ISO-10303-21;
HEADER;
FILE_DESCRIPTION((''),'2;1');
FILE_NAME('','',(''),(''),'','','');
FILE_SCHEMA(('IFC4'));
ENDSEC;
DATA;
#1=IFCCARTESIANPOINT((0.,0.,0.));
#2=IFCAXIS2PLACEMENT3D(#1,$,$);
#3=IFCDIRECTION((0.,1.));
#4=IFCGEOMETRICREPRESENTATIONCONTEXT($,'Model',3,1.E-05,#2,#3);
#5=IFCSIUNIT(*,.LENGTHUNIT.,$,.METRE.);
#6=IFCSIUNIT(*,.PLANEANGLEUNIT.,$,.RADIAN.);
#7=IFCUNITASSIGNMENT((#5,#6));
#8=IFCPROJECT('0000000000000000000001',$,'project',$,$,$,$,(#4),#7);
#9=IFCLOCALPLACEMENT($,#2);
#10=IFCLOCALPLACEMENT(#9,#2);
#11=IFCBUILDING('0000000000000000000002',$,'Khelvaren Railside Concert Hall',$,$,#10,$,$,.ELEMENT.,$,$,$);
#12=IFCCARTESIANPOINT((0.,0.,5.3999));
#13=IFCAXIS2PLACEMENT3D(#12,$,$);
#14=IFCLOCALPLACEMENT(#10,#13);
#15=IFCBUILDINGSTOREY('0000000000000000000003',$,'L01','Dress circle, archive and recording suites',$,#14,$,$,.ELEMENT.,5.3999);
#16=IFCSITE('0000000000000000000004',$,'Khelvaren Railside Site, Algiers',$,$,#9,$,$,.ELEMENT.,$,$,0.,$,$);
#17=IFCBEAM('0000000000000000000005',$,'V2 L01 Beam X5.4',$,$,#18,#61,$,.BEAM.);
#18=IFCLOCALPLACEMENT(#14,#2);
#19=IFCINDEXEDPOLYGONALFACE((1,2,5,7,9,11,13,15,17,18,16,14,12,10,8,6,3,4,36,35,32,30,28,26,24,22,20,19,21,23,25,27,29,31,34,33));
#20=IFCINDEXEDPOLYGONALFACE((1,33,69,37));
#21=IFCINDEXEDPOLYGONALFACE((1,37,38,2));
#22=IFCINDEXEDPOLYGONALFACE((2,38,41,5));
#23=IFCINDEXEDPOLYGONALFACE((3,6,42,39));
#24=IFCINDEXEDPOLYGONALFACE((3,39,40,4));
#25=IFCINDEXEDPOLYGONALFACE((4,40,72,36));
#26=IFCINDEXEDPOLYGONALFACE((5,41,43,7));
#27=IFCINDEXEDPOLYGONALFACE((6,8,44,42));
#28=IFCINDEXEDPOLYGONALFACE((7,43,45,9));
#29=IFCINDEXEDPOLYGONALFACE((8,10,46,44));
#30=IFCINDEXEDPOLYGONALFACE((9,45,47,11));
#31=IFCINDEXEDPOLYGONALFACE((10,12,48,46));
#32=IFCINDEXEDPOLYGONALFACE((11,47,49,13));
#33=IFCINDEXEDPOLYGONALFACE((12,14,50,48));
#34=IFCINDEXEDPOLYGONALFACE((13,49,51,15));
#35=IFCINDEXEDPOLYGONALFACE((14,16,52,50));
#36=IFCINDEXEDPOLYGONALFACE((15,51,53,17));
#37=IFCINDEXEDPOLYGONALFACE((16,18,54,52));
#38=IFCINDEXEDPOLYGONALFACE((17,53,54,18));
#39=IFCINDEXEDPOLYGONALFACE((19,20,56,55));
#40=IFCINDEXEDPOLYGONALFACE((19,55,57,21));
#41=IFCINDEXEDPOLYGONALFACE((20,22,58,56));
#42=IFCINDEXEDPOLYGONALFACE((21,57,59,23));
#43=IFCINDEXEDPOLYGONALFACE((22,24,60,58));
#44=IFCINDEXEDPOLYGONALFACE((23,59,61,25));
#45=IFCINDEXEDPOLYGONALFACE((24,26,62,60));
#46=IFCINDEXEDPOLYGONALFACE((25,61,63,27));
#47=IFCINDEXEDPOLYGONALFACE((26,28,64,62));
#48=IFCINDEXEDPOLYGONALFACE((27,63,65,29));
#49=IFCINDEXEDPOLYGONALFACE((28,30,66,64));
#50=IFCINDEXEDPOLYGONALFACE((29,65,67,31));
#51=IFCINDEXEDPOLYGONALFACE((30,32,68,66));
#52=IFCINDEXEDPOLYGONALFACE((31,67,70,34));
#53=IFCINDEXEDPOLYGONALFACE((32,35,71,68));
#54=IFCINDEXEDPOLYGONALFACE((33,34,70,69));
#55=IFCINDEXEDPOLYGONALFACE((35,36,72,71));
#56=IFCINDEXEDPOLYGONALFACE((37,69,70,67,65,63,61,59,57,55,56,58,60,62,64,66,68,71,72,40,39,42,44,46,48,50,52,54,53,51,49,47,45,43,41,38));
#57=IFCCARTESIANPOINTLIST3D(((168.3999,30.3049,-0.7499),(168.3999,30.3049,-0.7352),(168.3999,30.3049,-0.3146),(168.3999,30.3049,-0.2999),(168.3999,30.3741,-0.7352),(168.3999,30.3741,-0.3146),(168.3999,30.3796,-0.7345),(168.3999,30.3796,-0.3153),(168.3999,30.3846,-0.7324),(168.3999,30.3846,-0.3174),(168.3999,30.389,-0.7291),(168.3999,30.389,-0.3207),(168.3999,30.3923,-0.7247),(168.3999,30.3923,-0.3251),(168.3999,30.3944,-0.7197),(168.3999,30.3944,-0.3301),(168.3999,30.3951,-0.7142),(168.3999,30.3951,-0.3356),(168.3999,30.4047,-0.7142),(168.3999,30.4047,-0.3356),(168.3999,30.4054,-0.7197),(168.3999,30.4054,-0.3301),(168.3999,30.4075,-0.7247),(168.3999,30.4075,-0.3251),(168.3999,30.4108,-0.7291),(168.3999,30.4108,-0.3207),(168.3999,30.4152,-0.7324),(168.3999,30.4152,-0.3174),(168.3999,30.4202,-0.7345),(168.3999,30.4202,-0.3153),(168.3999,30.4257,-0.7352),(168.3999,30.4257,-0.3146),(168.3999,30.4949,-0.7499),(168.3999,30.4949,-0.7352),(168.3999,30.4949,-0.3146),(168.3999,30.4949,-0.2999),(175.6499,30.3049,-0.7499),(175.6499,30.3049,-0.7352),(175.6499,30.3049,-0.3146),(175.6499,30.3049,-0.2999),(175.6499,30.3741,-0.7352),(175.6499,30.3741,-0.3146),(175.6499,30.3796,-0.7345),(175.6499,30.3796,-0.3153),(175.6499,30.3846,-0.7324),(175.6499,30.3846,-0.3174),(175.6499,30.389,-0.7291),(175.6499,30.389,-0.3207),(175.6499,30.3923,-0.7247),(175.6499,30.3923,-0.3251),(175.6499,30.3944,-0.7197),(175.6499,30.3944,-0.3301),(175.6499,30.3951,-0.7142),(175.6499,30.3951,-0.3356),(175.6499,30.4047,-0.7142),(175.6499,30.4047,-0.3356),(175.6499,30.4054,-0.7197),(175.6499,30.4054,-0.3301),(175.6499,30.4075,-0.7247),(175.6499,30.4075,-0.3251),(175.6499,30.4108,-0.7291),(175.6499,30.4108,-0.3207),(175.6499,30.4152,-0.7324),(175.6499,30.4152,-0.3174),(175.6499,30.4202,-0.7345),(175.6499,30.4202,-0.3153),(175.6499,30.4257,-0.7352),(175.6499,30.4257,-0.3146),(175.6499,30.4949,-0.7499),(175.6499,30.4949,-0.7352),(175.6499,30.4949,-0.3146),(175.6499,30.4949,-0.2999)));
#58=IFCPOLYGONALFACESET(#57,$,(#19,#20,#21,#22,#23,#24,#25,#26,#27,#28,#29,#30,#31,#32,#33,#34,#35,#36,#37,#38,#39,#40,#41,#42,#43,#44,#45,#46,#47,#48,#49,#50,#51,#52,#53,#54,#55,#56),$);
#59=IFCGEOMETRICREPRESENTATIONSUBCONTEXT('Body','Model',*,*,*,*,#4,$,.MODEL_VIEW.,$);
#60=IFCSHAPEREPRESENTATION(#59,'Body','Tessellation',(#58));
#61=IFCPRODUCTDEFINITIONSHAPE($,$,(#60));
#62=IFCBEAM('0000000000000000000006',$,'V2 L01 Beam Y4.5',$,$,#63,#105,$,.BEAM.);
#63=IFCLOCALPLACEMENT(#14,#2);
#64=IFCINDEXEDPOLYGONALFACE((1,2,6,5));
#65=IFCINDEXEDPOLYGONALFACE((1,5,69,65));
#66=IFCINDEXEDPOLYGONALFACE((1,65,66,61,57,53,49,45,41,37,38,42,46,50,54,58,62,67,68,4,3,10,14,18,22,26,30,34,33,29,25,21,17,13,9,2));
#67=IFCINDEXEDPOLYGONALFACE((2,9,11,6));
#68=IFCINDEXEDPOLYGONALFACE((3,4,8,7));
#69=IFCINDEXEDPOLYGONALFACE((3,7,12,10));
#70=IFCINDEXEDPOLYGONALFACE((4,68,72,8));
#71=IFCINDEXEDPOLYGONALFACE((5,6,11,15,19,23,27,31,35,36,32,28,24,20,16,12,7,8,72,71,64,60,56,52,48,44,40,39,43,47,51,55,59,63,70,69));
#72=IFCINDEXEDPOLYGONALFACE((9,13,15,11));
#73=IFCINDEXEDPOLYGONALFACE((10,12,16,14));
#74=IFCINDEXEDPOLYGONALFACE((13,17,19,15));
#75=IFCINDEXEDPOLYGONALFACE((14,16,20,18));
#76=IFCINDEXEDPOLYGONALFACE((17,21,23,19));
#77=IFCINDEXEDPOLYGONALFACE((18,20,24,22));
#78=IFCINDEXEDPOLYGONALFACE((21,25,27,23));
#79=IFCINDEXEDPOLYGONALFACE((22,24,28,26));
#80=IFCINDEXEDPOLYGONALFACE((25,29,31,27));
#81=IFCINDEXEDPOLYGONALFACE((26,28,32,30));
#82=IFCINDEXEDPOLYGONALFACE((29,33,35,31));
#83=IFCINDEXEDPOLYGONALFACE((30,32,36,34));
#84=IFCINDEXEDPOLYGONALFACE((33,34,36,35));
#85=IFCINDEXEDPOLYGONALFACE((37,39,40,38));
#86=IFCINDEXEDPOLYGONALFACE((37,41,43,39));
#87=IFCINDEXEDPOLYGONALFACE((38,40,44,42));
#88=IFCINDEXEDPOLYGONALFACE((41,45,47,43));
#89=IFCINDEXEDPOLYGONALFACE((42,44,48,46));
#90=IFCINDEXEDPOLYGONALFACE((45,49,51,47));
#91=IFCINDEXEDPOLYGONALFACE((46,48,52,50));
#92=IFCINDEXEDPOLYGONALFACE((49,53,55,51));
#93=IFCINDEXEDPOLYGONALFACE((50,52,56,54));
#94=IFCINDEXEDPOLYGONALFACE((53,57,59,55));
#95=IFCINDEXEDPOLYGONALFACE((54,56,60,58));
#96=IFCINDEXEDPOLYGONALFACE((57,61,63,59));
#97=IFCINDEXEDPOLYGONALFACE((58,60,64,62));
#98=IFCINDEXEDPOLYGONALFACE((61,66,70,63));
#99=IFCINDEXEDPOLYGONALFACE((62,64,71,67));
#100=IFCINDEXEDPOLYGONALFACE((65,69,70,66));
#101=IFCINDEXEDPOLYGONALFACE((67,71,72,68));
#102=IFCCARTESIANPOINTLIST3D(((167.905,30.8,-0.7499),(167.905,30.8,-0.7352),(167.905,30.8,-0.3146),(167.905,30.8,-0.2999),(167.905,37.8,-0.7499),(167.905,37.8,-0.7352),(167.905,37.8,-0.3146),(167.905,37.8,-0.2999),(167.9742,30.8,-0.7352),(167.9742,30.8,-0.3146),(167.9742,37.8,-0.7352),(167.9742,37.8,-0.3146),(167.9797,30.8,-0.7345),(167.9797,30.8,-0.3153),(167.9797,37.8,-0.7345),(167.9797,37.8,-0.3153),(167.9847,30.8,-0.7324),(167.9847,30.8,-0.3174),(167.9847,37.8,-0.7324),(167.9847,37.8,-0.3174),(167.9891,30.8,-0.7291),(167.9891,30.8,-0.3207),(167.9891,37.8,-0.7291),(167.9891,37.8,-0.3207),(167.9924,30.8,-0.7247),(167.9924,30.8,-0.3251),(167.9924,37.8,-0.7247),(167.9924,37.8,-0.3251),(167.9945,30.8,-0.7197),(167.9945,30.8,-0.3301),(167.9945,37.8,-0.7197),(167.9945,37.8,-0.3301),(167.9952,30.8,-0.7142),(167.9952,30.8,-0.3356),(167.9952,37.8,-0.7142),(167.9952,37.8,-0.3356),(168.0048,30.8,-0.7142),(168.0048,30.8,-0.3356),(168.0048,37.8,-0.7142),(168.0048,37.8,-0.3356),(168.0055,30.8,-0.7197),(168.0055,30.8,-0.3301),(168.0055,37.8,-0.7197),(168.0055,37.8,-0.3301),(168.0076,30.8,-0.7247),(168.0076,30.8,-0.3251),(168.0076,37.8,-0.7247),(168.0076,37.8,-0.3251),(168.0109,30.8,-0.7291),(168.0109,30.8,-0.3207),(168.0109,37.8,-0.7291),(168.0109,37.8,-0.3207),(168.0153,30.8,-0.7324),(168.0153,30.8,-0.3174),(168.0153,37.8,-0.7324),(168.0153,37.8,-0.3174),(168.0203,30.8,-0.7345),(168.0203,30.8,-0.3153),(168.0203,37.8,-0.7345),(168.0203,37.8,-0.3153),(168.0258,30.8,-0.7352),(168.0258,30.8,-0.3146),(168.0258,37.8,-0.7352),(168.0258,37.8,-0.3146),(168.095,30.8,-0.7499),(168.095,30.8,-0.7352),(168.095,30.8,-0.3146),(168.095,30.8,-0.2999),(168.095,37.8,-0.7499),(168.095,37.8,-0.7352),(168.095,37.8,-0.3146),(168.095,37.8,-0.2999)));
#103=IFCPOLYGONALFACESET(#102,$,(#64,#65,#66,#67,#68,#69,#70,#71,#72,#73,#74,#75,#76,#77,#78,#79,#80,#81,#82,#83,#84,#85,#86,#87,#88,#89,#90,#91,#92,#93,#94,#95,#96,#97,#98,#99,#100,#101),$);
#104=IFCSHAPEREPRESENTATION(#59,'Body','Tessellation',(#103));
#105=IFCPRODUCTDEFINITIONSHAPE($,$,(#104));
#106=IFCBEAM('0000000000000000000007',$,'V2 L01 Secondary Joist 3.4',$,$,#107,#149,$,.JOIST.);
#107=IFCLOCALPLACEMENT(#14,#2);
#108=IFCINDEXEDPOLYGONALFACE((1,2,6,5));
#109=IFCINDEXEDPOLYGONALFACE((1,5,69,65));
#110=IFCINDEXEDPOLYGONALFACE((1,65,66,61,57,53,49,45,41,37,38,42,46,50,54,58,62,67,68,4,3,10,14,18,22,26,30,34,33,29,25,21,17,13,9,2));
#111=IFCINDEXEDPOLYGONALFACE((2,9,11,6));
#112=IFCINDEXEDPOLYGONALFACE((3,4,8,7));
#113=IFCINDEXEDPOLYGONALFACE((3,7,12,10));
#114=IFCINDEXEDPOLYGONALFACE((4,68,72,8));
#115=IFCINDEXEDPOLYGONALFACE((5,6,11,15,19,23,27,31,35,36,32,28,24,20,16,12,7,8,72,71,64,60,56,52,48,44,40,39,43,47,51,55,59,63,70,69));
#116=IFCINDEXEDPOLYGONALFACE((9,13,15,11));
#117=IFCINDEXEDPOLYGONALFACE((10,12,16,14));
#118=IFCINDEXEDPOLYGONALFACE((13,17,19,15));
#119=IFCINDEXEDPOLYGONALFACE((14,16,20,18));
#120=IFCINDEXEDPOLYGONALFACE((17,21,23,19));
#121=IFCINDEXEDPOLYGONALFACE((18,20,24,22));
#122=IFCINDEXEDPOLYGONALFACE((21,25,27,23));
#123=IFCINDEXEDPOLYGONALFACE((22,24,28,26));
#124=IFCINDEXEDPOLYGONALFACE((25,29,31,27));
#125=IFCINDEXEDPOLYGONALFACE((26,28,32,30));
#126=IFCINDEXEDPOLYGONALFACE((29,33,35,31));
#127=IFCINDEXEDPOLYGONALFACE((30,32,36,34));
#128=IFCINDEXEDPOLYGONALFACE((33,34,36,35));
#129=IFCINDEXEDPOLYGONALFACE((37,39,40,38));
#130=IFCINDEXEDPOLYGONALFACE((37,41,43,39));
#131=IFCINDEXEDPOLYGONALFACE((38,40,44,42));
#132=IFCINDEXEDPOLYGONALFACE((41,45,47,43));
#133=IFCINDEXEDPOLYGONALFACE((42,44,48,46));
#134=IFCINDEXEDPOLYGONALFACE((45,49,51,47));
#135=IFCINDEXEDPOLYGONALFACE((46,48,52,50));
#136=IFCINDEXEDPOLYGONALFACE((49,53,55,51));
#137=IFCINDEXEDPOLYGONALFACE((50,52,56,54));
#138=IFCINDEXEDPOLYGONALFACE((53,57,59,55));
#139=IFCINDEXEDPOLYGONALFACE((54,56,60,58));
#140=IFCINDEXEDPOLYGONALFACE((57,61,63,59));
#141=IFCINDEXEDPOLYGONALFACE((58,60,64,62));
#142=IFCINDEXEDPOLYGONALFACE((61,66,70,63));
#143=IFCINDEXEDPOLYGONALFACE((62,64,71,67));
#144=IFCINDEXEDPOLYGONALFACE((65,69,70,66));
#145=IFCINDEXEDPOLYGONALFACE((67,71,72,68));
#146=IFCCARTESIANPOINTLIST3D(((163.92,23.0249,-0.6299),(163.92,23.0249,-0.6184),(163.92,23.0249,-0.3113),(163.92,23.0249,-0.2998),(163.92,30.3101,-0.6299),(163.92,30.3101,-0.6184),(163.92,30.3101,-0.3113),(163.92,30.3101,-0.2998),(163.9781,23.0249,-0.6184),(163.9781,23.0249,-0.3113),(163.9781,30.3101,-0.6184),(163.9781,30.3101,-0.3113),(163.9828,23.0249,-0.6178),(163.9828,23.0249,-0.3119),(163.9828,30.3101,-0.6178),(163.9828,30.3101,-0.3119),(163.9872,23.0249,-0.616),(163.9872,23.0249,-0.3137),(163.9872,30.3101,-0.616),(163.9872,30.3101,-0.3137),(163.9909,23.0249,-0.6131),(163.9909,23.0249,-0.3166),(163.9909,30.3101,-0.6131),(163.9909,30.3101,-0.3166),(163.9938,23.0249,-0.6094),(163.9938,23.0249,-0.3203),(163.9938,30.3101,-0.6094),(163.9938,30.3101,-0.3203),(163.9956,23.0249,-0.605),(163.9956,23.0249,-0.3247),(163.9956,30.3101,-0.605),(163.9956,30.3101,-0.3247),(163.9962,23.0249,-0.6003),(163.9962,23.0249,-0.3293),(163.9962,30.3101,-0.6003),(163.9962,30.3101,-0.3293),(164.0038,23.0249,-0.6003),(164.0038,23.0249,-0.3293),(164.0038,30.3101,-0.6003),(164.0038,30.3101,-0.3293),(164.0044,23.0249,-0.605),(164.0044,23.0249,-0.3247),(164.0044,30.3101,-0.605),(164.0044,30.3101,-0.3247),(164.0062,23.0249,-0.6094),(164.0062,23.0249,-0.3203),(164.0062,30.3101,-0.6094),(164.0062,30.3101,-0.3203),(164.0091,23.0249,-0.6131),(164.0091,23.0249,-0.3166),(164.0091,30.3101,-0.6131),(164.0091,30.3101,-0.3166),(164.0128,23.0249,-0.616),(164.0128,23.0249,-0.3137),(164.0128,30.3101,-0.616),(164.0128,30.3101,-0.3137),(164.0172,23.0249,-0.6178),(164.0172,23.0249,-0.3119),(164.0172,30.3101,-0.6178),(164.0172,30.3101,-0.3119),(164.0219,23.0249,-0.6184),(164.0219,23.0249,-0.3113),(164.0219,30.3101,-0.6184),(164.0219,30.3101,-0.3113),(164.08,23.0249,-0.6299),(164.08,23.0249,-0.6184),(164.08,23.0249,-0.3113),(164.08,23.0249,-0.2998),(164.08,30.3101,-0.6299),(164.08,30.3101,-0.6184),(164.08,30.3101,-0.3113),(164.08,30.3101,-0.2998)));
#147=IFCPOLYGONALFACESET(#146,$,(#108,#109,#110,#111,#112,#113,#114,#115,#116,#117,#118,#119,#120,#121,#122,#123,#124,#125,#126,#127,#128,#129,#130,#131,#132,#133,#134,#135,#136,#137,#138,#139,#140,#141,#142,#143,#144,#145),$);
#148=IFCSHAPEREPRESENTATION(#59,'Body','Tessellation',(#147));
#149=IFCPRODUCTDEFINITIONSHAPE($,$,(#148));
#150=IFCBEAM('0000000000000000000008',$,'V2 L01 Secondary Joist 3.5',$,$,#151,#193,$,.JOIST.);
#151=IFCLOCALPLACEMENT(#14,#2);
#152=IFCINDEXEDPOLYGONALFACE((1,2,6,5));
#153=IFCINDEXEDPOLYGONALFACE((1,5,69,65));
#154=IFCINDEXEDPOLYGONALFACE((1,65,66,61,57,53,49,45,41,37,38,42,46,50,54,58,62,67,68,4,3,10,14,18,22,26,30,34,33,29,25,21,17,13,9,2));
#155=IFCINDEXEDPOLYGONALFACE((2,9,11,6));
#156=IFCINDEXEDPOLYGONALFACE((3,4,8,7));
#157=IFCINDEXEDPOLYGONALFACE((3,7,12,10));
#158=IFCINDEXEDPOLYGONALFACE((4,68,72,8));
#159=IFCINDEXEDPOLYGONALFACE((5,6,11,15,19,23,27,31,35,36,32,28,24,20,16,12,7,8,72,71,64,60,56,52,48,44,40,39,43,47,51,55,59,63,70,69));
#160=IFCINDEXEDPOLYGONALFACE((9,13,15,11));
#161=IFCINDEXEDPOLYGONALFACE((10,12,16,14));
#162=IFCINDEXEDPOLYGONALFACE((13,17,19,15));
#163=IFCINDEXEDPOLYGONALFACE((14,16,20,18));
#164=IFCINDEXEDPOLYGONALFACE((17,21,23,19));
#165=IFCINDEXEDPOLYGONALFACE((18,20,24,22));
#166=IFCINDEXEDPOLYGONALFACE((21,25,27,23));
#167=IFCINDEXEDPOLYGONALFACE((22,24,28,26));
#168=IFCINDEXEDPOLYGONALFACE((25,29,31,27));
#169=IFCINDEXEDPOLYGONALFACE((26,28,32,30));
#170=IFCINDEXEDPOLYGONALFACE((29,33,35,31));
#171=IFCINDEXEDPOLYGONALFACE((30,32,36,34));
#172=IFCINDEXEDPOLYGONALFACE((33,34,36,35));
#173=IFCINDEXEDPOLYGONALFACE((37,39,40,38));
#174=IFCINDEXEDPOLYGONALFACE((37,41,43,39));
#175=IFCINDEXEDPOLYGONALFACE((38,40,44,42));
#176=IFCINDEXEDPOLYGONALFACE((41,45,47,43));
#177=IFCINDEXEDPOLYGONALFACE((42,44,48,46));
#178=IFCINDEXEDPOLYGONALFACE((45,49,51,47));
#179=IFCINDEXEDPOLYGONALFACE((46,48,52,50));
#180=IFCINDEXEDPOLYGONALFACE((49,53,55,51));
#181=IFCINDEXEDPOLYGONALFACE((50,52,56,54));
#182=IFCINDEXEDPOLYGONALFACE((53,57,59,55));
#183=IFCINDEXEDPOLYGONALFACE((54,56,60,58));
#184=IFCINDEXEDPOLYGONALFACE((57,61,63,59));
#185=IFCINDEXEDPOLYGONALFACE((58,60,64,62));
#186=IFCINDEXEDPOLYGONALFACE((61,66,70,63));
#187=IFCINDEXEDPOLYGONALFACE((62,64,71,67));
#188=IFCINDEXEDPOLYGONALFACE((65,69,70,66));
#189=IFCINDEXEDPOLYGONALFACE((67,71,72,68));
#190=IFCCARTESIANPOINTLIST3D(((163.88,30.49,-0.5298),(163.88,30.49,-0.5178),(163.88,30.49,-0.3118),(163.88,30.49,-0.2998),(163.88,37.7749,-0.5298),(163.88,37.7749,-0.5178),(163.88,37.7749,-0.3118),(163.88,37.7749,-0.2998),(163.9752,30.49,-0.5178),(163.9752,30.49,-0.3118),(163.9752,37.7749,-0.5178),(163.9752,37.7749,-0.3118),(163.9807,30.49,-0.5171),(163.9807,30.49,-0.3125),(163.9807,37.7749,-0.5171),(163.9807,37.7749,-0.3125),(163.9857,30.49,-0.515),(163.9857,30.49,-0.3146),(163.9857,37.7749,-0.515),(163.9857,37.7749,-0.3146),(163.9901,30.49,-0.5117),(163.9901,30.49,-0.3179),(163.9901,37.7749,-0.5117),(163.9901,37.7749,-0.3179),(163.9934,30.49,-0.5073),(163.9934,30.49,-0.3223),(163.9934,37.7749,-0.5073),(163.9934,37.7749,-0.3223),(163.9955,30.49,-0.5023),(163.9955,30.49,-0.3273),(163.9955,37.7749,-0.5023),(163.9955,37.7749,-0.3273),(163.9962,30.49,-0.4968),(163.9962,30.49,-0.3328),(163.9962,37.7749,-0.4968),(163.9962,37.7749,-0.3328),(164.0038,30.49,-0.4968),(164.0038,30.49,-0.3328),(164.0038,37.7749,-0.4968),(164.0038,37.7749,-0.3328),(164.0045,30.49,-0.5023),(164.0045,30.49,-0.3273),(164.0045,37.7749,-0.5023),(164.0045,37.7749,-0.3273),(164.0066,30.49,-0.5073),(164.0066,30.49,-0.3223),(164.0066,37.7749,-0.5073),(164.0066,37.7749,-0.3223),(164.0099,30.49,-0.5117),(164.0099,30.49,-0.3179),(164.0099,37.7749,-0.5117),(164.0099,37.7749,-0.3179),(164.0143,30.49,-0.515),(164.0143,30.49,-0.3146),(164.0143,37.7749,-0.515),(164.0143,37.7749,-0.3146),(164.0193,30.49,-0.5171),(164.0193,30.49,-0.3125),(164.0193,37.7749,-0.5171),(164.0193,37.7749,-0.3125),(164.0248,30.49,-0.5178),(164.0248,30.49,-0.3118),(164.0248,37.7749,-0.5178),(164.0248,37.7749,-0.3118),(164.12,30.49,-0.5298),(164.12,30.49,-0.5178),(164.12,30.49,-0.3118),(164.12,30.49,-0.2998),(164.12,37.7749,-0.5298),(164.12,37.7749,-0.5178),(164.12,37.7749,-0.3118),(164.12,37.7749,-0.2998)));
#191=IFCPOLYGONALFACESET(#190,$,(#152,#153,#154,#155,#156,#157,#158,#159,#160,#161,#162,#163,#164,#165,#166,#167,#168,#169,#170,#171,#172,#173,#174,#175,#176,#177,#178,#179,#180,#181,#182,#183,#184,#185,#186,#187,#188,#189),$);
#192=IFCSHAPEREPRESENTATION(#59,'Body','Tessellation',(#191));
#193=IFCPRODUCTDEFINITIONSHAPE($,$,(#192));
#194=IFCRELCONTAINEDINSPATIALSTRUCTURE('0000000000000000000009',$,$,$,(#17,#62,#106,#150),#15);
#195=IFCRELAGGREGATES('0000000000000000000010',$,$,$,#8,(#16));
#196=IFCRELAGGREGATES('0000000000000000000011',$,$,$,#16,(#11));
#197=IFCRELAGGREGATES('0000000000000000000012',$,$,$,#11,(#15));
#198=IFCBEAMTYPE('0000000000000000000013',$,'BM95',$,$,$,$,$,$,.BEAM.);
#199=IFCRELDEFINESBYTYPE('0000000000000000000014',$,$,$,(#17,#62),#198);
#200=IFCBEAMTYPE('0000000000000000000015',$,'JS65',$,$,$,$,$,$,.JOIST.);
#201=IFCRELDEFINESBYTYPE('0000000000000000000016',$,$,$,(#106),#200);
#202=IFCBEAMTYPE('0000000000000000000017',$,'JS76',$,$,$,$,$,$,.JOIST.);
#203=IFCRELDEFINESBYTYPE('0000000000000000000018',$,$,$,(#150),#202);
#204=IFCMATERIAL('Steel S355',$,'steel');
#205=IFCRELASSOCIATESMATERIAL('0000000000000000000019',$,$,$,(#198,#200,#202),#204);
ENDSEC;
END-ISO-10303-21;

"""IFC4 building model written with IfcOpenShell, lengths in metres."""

from ifc_helpers import new_model, si_unit, direction, frame, origin, origin_2d, place, context, subcontext, project, spatial, i_section, extrude, material, material_profile, profile_set, type_object, element, save


model = new_model("IFC4")

# Units and contexts
model_context = context("Model", 3, precision=1e-05, world=origin(), true_north=direction((0.0, 1.0)))
body_context = subcontext(model_context, "Body", "Model", "MODEL_VIEW")
ifc_project = project(units=[si_unit("LENGTHUNIT", "METRE"), si_unit("PLANEANGLEUNIT", "RADIAN")], contexts=[model_context])

# Site, building, storey
site_placement = place(None, origin())
site = spatial("IfcSite", under=ifc_project, at=site_placement, Name="Khelvaren Railside Site, Algiers", CompositionType="ELEMENT", RefElevation=0.0)
building_placement = place(site_placement, origin())
building = spatial("IfcBuilding", under=site, at=building_placement, Name="Khelvaren Railside Concert Hall", CompositionType="ELEMENT")
storey_placement = place(building_placement, frame((0.0, 0.0, 5.3999)))
storey = spatial("IfcBuildingStorey", under=building, at=storey_placement, Name="L01", Description="Dress circle, archive and recording suites", CompositionType="ELEMENT", Elevation=5.3999)

# Beams
ifc_material_1 = material(Name="Steel S355", Category="steel")
ifc_material_profile_1 = material_profile(ifc_material_1, i_section(OverallWidth=0.1899, OverallDepth=0.45, WebThickness=0.0095, FlangeThickness=0.0146, FilletRadius=0.021, at=origin_2d()), Name="IPE 450")
ifc_profile_set_1 = profile_set([ifc_material_profile_1], Name="Steel S355")
beam_type_1 = type_object("IfcBeamType", Name="BM95", PredefinedType="BEAM", material=ifc_profile_set_1)
beam_1_placement = place(storey_placement, frame((168.3999, 30.3999, -0.5249), z_axis=(1.0, 0.0, 0.0), x_axis=(0.0, 1.0, 0.0)))
element("IfcBeam", 1, at=beam_1_placement, inside=storey, type_object=beam_type_1, Name="V2 L01 Beam X5.4", PredefinedType="BEAM", context=body_context, shape_type="SweptSolid", body=[
    extrude(i_section(OverallWidth=0.1899, OverallDepth=0.45, WebThickness=0.0095, FlangeThickness=0.0146, FilletRadius=0.021, at=origin_2d()), origin(), (0.0, 0.0, 1.0), 7.25),
])
beam_2_placement = place(storey_placement, frame((168.0, 30.8, -0.5249), z_axis=(0.0, 1.0, 0.0), x_axis=(-1.0, 0.0, 0.0)))
element("IfcBeam", 2, at=beam_2_placement, inside=storey, type_object=beam_type_1, Name="V2 L01 Beam Y4.5", PredefinedType="BEAM", context=body_context, shape_type="SweptSolid", body=[
    extrude(i_section(OverallWidth=0.1899, OverallDepth=0.45, WebThickness=0.0095, FlangeThickness=0.0146, FilletRadius=0.021, at=origin_2d()), origin(), (0.0, 0.0, 1.0), 7.0),
])
ifc_material_profile_2 = material_profile(ifc_material_1, i_section(OverallWidth=0.1599, OverallDepth=0.3301, WebThickness=0.0076, FlangeThickness=0.0115, FilletRadius=0.0181, at=origin_2d()), Name="IPE 330")
ifc_profile_set_2 = profile_set([ifc_material_profile_2], Name="Steel S355")
beam_type_2 = type_object("IfcBeamType", Name="JS65", PredefinedType="JOIST", material=ifc_profile_set_2)
beam_3_placement = place(storey_placement, frame((164.0, 23.0249, -0.4648), z_axis=(0.0, 1.0, 0.0), x_axis=(-1.0, 0.0, 0.0)))
element("IfcBeam", 3, at=beam_3_placement, inside=storey, type_object=beam_type_2, Name="V2 L01 Secondary Joist 3.4", PredefinedType="JOIST", context=body_context, shape_type="SweptSolid", body=[
    extrude(i_section(OverallWidth=0.1599, OverallDepth=0.3301, WebThickness=0.0076, FlangeThickness=0.0115, FilletRadius=0.0181, at=origin_2d()), origin(), (0.0, 0.0, 1.0), 7.2852),
])
ifc_material_profile_3 = material_profile(ifc_material_1, i_section(OverallWidth=0.24, OverallDepth=0.23, WebThickness=0.0076, FlangeThickness=0.012, FilletRadius=0.021, at=origin_2d()), Name="HEA 240")
ifc_profile_set_3 = profile_set([ifc_material_profile_3], Name="Steel S355")
beam_type_3 = type_object("IfcBeamType", Name="JS76", PredefinedType="JOIST", material=ifc_profile_set_3)
beam_4_placement = place(storey_placement, frame((164.0, 30.49, -0.4148), z_axis=(0.0, 1.0, 0.0), x_axis=(-1.0, 0.0, 0.0)))
element("IfcBeam", 4, at=beam_4_placement, inside=storey, type_object=beam_type_3, Name="V2 L01 Secondary Joist 3.5", PredefinedType="JOIST", context=body_context, shape_type="SweptSolid", body=[
    extrude(i_section(OverallWidth=0.24, OverallDepth=0.23, WebThickness=0.0076, FlangeThickness=0.012, FilletRadius=0.021, at=origin_2d()), origin(), (0.0, 0.0, 1.0), 7.2849),
])

save(model, "model.ifc")
